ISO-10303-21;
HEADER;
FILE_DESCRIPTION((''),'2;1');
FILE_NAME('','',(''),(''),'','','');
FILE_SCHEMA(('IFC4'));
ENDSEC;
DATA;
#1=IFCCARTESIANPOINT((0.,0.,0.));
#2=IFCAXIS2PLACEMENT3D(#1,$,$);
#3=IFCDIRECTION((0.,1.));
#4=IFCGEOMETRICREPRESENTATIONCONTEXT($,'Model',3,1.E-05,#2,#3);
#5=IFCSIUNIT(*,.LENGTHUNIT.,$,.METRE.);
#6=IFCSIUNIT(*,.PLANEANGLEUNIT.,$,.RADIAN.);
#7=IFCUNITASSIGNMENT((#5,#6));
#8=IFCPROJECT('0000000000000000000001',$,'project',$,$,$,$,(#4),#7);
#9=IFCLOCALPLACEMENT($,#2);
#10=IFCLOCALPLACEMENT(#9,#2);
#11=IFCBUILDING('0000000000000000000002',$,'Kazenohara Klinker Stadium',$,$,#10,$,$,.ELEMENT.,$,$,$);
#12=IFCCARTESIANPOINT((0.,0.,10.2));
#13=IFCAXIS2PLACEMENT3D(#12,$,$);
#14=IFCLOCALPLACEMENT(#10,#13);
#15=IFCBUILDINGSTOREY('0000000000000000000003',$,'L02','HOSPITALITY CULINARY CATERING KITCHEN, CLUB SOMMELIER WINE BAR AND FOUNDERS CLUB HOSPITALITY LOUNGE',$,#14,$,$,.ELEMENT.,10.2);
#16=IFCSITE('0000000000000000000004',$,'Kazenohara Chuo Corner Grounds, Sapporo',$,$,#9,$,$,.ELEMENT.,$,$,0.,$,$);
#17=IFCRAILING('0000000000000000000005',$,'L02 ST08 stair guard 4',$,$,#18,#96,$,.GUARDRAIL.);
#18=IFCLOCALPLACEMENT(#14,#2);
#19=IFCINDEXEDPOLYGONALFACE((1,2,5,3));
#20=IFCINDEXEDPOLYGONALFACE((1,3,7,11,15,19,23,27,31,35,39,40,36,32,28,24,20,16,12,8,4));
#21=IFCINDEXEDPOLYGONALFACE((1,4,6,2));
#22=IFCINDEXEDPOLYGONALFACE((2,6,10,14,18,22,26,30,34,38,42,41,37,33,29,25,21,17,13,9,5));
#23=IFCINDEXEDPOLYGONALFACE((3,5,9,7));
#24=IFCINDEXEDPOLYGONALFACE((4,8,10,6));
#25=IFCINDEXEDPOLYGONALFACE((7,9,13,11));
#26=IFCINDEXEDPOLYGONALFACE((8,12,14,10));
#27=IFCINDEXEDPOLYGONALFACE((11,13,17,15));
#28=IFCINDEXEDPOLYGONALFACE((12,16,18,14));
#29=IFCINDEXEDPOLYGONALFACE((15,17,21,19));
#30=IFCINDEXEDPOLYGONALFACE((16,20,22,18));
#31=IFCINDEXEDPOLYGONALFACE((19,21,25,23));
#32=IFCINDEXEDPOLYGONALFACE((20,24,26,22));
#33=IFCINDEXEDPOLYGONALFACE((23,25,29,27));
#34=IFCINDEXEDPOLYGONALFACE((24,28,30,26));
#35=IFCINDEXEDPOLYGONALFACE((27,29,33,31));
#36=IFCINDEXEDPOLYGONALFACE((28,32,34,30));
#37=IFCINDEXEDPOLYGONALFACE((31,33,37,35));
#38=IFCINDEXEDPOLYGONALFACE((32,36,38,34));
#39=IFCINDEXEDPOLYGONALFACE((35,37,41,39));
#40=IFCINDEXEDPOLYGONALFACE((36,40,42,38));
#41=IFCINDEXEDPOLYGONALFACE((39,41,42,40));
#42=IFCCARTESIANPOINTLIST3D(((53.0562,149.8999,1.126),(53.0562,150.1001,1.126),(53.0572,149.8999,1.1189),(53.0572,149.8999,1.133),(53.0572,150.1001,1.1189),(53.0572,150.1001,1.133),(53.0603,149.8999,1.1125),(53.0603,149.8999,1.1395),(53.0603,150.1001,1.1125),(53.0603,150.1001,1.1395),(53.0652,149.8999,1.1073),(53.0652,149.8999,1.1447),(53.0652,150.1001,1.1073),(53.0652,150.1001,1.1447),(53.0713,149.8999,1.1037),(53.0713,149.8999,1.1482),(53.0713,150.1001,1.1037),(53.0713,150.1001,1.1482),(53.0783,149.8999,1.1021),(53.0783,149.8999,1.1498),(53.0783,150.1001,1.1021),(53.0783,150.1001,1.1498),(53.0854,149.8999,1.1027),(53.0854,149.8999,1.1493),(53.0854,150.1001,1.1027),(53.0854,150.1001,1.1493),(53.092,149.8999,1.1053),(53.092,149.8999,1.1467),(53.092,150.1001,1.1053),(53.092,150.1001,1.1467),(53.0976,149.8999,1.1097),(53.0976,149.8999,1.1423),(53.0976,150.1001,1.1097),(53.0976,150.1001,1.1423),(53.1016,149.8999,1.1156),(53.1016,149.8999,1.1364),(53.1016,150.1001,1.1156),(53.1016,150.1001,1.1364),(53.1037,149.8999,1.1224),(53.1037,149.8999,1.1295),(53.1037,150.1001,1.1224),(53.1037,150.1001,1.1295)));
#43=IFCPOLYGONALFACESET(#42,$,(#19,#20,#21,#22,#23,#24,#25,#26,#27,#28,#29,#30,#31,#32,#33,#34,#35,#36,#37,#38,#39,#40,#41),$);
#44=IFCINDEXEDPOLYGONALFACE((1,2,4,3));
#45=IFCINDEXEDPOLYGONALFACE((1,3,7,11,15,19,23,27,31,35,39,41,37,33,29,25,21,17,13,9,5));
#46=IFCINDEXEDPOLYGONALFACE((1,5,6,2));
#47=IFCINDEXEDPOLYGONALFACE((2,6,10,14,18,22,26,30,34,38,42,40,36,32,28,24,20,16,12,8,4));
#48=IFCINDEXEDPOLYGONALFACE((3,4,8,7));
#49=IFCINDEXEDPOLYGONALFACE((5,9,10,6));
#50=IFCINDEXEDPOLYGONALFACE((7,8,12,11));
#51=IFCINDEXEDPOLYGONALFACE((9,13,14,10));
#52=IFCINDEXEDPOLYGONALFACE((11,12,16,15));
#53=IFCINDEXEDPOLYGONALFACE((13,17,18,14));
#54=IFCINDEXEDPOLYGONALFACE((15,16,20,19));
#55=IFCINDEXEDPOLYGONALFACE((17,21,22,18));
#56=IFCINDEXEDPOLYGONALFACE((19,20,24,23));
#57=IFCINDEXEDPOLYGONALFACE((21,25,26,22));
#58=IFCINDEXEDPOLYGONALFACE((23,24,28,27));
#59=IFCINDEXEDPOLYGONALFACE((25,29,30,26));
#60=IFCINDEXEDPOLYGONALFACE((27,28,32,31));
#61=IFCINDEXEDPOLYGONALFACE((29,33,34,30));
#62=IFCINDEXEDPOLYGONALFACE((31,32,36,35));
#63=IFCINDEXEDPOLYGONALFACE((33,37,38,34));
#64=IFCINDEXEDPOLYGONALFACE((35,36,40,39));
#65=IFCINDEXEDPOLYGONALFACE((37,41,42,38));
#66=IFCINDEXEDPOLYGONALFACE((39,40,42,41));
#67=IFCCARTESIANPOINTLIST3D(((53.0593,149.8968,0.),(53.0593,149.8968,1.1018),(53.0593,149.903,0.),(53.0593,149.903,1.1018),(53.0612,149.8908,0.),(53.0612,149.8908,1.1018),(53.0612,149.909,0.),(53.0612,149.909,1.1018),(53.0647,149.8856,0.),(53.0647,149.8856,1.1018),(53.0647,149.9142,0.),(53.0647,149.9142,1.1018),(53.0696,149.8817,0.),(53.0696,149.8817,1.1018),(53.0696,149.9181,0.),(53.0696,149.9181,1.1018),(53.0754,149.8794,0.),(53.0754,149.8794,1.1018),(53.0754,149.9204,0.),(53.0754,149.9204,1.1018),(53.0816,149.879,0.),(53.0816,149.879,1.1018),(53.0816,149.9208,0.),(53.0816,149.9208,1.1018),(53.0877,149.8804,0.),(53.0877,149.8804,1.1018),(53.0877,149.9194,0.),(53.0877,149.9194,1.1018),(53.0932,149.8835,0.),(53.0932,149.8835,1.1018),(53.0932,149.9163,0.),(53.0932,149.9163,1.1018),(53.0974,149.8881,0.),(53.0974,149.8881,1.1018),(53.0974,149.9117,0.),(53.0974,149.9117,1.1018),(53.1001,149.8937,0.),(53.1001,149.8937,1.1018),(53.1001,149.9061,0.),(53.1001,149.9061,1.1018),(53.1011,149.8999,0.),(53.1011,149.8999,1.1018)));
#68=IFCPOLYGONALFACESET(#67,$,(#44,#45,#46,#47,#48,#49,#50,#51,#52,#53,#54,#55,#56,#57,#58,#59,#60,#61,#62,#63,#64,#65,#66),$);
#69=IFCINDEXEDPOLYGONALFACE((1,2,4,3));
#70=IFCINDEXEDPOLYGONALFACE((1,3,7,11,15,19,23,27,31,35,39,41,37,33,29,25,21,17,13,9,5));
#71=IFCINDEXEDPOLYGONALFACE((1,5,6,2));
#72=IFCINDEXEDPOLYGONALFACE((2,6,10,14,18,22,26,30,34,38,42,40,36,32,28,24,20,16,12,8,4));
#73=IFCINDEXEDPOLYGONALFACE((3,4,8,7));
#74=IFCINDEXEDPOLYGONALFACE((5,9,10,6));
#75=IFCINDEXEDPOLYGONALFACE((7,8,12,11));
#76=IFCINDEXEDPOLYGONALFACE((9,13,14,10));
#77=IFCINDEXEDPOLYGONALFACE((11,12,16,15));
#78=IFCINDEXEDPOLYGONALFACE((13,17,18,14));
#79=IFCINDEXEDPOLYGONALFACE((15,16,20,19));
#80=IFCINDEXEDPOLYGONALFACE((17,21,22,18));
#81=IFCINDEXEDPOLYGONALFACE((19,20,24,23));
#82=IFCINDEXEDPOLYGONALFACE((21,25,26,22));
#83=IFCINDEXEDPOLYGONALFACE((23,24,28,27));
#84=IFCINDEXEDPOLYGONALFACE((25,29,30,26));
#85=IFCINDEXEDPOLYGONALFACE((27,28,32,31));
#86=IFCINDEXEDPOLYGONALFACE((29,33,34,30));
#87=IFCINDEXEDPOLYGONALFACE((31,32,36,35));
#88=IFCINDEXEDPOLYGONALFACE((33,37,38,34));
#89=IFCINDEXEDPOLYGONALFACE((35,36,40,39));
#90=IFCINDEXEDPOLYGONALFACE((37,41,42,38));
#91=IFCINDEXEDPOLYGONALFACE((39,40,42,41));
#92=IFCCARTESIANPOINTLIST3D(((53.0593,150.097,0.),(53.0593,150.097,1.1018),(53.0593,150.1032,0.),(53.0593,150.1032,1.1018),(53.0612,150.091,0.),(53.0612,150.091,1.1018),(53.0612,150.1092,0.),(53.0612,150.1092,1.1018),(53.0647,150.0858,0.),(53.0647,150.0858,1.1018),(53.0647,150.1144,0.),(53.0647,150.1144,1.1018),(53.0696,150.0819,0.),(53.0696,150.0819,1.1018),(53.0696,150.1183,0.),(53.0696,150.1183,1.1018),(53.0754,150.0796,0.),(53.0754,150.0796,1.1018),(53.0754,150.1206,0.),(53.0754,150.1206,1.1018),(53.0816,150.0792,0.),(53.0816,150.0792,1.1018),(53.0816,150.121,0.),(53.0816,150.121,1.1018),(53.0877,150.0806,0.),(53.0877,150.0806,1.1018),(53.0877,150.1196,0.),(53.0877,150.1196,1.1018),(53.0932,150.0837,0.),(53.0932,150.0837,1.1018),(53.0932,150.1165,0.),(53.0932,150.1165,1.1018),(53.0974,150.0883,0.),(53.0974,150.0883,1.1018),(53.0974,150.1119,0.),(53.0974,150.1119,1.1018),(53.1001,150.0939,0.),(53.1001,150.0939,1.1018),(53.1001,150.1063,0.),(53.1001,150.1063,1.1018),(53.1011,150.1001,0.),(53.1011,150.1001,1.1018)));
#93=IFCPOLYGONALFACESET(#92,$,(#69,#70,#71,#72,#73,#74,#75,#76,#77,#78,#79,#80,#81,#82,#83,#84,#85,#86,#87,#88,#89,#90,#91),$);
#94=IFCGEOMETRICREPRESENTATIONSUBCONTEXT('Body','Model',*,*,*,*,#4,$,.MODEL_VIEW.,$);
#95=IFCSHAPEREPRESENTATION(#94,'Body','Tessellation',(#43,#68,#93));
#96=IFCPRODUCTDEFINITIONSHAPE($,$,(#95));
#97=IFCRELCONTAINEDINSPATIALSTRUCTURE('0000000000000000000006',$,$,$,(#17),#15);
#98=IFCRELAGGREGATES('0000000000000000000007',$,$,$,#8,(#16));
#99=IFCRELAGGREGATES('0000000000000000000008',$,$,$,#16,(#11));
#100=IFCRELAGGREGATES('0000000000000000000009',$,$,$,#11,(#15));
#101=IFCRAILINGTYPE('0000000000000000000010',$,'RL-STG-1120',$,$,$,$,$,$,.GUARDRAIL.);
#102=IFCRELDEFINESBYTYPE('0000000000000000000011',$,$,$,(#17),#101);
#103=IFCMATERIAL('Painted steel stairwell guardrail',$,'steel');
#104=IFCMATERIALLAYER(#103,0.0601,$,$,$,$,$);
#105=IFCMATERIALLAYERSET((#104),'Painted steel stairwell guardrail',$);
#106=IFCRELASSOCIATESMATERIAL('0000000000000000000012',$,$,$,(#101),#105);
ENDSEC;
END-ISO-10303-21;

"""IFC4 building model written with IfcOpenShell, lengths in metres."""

from ifc_helpers import new_model, si_unit, direction, frame, origin, origin_2d, place, context, subcontext, project, spatial, circle, extrude, material, layer, layer_set, type_object, element, save


model = new_model("IFC4")

# Units and contexts
model_context = context("Model", 3, precision=1e-05, world=origin(), true_north=direction((0.0, 1.0)))
body_context = subcontext(model_context, "Body", "Model", "MODEL_VIEW")
ifc_project = project(units=[si_unit("LENGTHUNIT", "METRE"), si_unit("PLANEANGLEUNIT", "RADIAN")], contexts=[model_context])

# Site, building, storey
site_placement = place(None, origin())
site = spatial("IfcSite", under=ifc_project, at=site_placement, Name="Kazenohara Chuo Corner Grounds, Sapporo", CompositionType="ELEMENT", RefElevation=0.0)
building_placement = place(site_placement, origin())
building = spatial("IfcBuilding", under=site, at=building_placement, Name="Kazenohara Klinker Stadium", CompositionType="ELEMENT")
storey_placement = place(building_placement, frame((0.0, 0.0, 10.2)))
storey = spatial("IfcBuildingStorey", under=building, at=storey_placement, Name="L02", Description="HOSPITALITY CULINARY CATERING KITCHEN, CLUB SOMMELIER WINE BAR AND FOUNDERS CLUB HOSPITALITY LOUNGE", CompositionType="ELEMENT", Elevation=10.2)

# Railing
ifc_material_1 = material(Name="Painted steel stairwell guardrail", Category="steel")
ifc_layer_1 = layer(ifc_material_1, 0.0601)
ifc_layer_set_1 = layer_set([ifc_layer_1], Name="Painted steel stairwell guardrail")
railing_type_1 = type_object("IfcRailingType", Name="RL-STG-1120", PredefinedType="GUARDRAIL", material=ifc_layer_set_1)
railing_1_placement = place(storey_placement, frame((53.0801, 149.8999, 0.0)))
element("IfcRailing", 1, at=railing_1_placement, inside=storey, type_object=railing_type_1, Name="L02 ST08 stair guard 4", PredefinedType="GUARDRAIL", context=body_context, shape_type="SweptSolid", body=[
    extrude(circle(Radius=0.0239, at=origin_2d()), frame((0.0, 0.0, 1.126), z_axis=(0.0, 1.0, 0.0), x_axis=(-1.0, 0.0, 0.0)), (0.0, 0.0, 1.0), 0.2002),
    extrude(circle(Radius=0.021, at=origin_2d()), origin(), (0.0, 0.0, 1.0), 1.1018),
    extrude(circle(Radius=0.021, at=origin_2d()), frame((0.0, 0.2002, 0.0)), (0.0, 0.0, 1.0), 1.1018),
])

save(model, "model.ifc")
